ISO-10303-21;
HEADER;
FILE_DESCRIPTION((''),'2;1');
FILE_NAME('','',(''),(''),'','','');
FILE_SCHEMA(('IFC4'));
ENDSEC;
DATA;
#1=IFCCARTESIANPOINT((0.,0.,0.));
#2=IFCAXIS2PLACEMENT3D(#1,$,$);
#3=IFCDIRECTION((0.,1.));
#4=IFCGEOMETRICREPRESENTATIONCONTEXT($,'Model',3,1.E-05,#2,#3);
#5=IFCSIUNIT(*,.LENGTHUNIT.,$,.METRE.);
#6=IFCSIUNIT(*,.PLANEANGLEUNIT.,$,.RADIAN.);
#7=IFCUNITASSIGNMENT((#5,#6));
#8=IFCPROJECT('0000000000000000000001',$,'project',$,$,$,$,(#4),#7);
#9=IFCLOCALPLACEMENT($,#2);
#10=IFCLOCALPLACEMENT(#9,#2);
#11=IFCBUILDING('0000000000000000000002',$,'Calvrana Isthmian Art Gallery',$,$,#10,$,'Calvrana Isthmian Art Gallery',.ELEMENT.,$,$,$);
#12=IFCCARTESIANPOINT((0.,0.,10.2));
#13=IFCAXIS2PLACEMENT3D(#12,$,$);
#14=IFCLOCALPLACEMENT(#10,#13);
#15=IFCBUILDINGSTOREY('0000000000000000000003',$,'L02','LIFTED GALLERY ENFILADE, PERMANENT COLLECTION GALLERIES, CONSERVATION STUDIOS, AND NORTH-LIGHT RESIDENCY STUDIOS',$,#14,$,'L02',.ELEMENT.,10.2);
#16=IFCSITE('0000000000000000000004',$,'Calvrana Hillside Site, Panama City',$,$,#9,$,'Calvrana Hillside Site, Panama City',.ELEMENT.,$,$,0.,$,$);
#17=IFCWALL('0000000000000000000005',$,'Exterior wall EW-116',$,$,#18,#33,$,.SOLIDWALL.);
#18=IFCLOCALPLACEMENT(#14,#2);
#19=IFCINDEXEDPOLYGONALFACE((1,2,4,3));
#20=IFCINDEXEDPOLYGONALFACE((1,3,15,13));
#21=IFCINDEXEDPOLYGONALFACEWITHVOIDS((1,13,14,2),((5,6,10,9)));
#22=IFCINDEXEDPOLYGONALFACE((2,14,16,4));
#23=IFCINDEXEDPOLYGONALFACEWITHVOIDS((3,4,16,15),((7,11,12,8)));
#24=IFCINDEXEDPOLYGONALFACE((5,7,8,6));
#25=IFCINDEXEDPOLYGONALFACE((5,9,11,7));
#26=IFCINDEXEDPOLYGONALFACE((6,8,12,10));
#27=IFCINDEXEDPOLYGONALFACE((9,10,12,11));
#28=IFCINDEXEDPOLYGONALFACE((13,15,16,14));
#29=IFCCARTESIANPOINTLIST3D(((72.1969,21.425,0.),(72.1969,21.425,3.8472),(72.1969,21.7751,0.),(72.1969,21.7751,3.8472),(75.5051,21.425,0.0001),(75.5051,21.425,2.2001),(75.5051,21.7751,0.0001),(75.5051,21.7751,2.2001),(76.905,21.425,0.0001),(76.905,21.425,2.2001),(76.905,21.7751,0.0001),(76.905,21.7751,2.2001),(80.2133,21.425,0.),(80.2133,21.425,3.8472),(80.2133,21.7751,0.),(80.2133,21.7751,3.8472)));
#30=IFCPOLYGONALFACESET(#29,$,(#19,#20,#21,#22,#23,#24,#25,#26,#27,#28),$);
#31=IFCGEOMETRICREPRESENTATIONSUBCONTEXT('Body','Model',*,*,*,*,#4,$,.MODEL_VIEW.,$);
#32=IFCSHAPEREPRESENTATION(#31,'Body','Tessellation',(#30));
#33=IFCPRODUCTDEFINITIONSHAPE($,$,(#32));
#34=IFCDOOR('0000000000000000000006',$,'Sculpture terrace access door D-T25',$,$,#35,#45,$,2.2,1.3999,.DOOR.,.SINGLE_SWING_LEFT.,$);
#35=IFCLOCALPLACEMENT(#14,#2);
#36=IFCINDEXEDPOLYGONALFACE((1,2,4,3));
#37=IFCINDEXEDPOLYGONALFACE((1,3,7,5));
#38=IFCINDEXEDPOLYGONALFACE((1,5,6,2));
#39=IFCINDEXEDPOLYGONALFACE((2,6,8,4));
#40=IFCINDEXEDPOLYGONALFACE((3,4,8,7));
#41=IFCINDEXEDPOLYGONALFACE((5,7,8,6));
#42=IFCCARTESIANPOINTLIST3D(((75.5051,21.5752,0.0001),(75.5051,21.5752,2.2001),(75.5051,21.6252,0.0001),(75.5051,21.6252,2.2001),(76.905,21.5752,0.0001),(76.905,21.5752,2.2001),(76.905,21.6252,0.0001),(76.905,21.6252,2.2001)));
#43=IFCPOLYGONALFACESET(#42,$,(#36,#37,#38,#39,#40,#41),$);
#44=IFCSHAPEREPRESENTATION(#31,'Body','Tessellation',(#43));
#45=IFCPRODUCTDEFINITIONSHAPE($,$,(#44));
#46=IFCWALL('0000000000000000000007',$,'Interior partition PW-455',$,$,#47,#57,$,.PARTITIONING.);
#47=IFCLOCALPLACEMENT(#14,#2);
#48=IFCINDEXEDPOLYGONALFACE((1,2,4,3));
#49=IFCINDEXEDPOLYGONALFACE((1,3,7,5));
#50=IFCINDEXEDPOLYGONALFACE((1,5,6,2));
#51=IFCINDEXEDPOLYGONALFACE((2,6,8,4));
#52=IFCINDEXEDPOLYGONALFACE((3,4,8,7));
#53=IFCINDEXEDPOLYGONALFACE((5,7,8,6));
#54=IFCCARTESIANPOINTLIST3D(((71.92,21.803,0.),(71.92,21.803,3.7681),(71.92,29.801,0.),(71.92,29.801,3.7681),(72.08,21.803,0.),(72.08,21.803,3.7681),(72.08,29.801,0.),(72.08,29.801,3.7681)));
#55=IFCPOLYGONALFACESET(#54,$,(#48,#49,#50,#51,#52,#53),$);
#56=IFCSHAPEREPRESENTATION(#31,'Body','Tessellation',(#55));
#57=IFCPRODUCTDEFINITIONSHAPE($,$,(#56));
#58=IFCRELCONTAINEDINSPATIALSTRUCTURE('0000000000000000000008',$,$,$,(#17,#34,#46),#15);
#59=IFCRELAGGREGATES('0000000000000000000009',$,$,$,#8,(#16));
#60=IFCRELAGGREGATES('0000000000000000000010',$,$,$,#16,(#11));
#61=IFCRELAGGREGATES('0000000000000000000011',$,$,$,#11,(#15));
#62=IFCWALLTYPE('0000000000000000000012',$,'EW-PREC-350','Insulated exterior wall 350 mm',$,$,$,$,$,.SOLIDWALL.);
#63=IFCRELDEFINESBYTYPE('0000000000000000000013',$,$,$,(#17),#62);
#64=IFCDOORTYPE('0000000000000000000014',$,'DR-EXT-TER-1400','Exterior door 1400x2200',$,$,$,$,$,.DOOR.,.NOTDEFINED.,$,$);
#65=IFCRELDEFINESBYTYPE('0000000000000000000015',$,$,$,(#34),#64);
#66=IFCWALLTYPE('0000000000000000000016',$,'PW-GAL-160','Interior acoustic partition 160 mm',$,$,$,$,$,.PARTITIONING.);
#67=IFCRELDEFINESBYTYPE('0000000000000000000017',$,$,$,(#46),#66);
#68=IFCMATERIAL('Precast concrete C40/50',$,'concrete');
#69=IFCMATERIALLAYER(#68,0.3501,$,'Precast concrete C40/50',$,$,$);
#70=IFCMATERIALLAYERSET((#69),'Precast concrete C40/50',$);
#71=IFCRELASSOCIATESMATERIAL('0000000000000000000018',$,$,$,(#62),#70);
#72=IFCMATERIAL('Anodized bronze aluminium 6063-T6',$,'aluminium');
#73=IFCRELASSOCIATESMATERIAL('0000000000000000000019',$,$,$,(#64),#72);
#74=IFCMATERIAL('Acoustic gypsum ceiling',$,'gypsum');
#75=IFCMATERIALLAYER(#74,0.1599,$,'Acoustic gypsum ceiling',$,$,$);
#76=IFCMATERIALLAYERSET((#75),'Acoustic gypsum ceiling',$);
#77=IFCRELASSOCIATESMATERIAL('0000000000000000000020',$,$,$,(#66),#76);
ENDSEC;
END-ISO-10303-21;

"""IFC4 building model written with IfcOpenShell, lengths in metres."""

from ifc_helpers import new_model, si_unit, direction, frame, frame_2d, origin, place, context, subcontext, project, spatial, rectangle, extrude, material, layer, layer_set, type_object, element, fill, save


model = new_model("IFC4")

# Units and contexts
model_context = context("Model", 3, precision=1e-05, world=origin(), true_north=direction((0.0, 1.0)))
body_context = subcontext(model_context, "Body", "Model", "MODEL_VIEW")
ifc_project = project(units=[si_unit("LENGTHUNIT", "METRE"), si_unit("PLANEANGLEUNIT", "RADIAN")], contexts=[model_context])

# Site, building, storey
site_placement = place(None, origin())
site = spatial("IfcSite", under=ifc_project, at=site_placement, Name="Calvrana Hillside Site, Panama City", LongName="Calvrana Hillside Site, Panama City", CompositionType="ELEMENT", RefElevation=0.0)
building_placement = place(site_placement, origin())
building = spatial("IfcBuilding", under=site, at=building_placement, Name="Calvrana Isthmian Art Gallery", LongName="Calvrana Isthmian Art Gallery", CompositionType="ELEMENT")
storey_placement = place(building_placement, frame((0.0, 0.0, 10.2)))
storey = spatial("IfcBuildingStorey", under=building, at=storey_placement, Name="L02", Description="LIFTED GALLERY ENFILADE, PERMANENT COLLECTION GALLERIES, CONSERVATION STUDIOS, AND NORTH-LIGHT RESIDENCY STUDIOS", LongName="L02", CompositionType="ELEMENT", Elevation=10.2)

# Shared definitions
ifc_material_1 = material(Name="Anodized bronze aluminium 6063-T6", Category="aluminium")

# Wall, opening, door
ifc_material_2 = material(Name="Precast concrete C40/50", Category="concrete")
ifc_layer_1 = layer(ifc_material_2, 0.3501, Name="Precast concrete C40/50")
ifc_layer_set_1 = layer_set([ifc_layer_1], Name="Precast concrete C40/50")
wall_type_1 = type_object("IfcWallType", Name="EW-PREC-350", Description="Insulated exterior wall 350 mm", PredefinedType="SOLIDWALL", material=ifc_layer_set_1)
wall_1_placement = place(storey_placement, frame((80.2134, 21.6001, 0.0), z_axis=(0.0, 0.0, 1.0), x_axis=(-1.0, 0.0, 0.0)))
wall_1 = element("IfcWall", 1, at=wall_1_placement, inside=storey, type_object=wall_type_1, Name="Exterior wall EW-116", PredefinedType="SOLIDWALL", context=body_context, shape_type="SweptSolid", body=[
    extrude(rectangle(XDim=8.0164, YDim=0.3501, at=frame_2d((4.0083, 0.0))), origin(), (0.0, 0.0, 1.0), 3.8472),
])
opening_placement = place(wall_1_placement, frame((3.3083, 0.0, 0.0)))
opening = element("IfcOpeningElement", 2, at=opening_placement, cuts=wall_1, PredefinedType="OPENING", context=body_context, shape_type="SweptSolid", body=[
    extrude(rectangle(XDim=1.3999, YDim=2.2, at=frame_2d((0.7, 1.1001))), frame((0.0, 0.1853, 0.0), z_axis=(0.0, -1.0, 0.0), x_axis=(1.0, 0.0, 0.0)), (0.0, 0.0, 1.0), 0.3706),
])
door_type = type_object("IfcDoorType", Name="DR-EXT-TER-1400", Description="Exterior door 1400x2200", OperationType="NOTDEFINED", PredefinedType="DOOR", material=ifc_material_1)
door_placement = place(opening_placement, origin())
door = element("IfcDoor", 3, at=door_placement, inside=storey, type_object=door_type, Name="Sculpture terrace access door D-T25", OperationType="SINGLE_SWING_LEFT", OverallHeight=2.2, OverallWidth=1.3999, PredefinedType="DOOR", context=body_context, shape_type="SweptSolid", body=[
    extrude(rectangle(XDim=1.3999, YDim=2.2, at=frame_2d((0.7, 1.1001))), frame((0.0, 0.0249, 0.0), z_axis=(0.0, -1.0, 0.0), x_axis=(1.0, 0.0, 0.0)), (0.0, 0.0, 1.0), 0.05),
])
fill(opening, door)

# Wall
ifc_material_3 = material(Name="Acoustic gypsum ceiling", Category="gypsum")
ifc_layer_2 = layer(ifc_material_3, 0.1599, Name="Acoustic gypsum ceiling")
ifc_layer_set_2 = layer_set([ifc_layer_2], Name="Acoustic gypsum ceiling")
wall_type_2 = type_object("IfcWallType", Name="PW-GAL-160", Description="Interior acoustic partition 160 mm", PredefinedType="PARTITIONING", material=ifc_layer_set_2)
wall_2_placement = place(storey_placement, frame((72.0, 21.803, 0.0), z_axis=(0.0, 0.0, 1.0), x_axis=(0.0, 1.0, 0.0)))
element("IfcWall", 4, at=wall_2_placement, inside=storey, type_object=wall_type_2, Name="Interior partition PW-455", PredefinedType="PARTITIONING", context=body_context, shape_type="SweptSolid", body=[
    extrude(rectangle(XDim=7.998, YDim=0.1599, at=frame_2d((3.999, 0.0))), origin(), (0.0, 0.0, 1.0), 3.7681),
])

save(model, "model.ifc")
